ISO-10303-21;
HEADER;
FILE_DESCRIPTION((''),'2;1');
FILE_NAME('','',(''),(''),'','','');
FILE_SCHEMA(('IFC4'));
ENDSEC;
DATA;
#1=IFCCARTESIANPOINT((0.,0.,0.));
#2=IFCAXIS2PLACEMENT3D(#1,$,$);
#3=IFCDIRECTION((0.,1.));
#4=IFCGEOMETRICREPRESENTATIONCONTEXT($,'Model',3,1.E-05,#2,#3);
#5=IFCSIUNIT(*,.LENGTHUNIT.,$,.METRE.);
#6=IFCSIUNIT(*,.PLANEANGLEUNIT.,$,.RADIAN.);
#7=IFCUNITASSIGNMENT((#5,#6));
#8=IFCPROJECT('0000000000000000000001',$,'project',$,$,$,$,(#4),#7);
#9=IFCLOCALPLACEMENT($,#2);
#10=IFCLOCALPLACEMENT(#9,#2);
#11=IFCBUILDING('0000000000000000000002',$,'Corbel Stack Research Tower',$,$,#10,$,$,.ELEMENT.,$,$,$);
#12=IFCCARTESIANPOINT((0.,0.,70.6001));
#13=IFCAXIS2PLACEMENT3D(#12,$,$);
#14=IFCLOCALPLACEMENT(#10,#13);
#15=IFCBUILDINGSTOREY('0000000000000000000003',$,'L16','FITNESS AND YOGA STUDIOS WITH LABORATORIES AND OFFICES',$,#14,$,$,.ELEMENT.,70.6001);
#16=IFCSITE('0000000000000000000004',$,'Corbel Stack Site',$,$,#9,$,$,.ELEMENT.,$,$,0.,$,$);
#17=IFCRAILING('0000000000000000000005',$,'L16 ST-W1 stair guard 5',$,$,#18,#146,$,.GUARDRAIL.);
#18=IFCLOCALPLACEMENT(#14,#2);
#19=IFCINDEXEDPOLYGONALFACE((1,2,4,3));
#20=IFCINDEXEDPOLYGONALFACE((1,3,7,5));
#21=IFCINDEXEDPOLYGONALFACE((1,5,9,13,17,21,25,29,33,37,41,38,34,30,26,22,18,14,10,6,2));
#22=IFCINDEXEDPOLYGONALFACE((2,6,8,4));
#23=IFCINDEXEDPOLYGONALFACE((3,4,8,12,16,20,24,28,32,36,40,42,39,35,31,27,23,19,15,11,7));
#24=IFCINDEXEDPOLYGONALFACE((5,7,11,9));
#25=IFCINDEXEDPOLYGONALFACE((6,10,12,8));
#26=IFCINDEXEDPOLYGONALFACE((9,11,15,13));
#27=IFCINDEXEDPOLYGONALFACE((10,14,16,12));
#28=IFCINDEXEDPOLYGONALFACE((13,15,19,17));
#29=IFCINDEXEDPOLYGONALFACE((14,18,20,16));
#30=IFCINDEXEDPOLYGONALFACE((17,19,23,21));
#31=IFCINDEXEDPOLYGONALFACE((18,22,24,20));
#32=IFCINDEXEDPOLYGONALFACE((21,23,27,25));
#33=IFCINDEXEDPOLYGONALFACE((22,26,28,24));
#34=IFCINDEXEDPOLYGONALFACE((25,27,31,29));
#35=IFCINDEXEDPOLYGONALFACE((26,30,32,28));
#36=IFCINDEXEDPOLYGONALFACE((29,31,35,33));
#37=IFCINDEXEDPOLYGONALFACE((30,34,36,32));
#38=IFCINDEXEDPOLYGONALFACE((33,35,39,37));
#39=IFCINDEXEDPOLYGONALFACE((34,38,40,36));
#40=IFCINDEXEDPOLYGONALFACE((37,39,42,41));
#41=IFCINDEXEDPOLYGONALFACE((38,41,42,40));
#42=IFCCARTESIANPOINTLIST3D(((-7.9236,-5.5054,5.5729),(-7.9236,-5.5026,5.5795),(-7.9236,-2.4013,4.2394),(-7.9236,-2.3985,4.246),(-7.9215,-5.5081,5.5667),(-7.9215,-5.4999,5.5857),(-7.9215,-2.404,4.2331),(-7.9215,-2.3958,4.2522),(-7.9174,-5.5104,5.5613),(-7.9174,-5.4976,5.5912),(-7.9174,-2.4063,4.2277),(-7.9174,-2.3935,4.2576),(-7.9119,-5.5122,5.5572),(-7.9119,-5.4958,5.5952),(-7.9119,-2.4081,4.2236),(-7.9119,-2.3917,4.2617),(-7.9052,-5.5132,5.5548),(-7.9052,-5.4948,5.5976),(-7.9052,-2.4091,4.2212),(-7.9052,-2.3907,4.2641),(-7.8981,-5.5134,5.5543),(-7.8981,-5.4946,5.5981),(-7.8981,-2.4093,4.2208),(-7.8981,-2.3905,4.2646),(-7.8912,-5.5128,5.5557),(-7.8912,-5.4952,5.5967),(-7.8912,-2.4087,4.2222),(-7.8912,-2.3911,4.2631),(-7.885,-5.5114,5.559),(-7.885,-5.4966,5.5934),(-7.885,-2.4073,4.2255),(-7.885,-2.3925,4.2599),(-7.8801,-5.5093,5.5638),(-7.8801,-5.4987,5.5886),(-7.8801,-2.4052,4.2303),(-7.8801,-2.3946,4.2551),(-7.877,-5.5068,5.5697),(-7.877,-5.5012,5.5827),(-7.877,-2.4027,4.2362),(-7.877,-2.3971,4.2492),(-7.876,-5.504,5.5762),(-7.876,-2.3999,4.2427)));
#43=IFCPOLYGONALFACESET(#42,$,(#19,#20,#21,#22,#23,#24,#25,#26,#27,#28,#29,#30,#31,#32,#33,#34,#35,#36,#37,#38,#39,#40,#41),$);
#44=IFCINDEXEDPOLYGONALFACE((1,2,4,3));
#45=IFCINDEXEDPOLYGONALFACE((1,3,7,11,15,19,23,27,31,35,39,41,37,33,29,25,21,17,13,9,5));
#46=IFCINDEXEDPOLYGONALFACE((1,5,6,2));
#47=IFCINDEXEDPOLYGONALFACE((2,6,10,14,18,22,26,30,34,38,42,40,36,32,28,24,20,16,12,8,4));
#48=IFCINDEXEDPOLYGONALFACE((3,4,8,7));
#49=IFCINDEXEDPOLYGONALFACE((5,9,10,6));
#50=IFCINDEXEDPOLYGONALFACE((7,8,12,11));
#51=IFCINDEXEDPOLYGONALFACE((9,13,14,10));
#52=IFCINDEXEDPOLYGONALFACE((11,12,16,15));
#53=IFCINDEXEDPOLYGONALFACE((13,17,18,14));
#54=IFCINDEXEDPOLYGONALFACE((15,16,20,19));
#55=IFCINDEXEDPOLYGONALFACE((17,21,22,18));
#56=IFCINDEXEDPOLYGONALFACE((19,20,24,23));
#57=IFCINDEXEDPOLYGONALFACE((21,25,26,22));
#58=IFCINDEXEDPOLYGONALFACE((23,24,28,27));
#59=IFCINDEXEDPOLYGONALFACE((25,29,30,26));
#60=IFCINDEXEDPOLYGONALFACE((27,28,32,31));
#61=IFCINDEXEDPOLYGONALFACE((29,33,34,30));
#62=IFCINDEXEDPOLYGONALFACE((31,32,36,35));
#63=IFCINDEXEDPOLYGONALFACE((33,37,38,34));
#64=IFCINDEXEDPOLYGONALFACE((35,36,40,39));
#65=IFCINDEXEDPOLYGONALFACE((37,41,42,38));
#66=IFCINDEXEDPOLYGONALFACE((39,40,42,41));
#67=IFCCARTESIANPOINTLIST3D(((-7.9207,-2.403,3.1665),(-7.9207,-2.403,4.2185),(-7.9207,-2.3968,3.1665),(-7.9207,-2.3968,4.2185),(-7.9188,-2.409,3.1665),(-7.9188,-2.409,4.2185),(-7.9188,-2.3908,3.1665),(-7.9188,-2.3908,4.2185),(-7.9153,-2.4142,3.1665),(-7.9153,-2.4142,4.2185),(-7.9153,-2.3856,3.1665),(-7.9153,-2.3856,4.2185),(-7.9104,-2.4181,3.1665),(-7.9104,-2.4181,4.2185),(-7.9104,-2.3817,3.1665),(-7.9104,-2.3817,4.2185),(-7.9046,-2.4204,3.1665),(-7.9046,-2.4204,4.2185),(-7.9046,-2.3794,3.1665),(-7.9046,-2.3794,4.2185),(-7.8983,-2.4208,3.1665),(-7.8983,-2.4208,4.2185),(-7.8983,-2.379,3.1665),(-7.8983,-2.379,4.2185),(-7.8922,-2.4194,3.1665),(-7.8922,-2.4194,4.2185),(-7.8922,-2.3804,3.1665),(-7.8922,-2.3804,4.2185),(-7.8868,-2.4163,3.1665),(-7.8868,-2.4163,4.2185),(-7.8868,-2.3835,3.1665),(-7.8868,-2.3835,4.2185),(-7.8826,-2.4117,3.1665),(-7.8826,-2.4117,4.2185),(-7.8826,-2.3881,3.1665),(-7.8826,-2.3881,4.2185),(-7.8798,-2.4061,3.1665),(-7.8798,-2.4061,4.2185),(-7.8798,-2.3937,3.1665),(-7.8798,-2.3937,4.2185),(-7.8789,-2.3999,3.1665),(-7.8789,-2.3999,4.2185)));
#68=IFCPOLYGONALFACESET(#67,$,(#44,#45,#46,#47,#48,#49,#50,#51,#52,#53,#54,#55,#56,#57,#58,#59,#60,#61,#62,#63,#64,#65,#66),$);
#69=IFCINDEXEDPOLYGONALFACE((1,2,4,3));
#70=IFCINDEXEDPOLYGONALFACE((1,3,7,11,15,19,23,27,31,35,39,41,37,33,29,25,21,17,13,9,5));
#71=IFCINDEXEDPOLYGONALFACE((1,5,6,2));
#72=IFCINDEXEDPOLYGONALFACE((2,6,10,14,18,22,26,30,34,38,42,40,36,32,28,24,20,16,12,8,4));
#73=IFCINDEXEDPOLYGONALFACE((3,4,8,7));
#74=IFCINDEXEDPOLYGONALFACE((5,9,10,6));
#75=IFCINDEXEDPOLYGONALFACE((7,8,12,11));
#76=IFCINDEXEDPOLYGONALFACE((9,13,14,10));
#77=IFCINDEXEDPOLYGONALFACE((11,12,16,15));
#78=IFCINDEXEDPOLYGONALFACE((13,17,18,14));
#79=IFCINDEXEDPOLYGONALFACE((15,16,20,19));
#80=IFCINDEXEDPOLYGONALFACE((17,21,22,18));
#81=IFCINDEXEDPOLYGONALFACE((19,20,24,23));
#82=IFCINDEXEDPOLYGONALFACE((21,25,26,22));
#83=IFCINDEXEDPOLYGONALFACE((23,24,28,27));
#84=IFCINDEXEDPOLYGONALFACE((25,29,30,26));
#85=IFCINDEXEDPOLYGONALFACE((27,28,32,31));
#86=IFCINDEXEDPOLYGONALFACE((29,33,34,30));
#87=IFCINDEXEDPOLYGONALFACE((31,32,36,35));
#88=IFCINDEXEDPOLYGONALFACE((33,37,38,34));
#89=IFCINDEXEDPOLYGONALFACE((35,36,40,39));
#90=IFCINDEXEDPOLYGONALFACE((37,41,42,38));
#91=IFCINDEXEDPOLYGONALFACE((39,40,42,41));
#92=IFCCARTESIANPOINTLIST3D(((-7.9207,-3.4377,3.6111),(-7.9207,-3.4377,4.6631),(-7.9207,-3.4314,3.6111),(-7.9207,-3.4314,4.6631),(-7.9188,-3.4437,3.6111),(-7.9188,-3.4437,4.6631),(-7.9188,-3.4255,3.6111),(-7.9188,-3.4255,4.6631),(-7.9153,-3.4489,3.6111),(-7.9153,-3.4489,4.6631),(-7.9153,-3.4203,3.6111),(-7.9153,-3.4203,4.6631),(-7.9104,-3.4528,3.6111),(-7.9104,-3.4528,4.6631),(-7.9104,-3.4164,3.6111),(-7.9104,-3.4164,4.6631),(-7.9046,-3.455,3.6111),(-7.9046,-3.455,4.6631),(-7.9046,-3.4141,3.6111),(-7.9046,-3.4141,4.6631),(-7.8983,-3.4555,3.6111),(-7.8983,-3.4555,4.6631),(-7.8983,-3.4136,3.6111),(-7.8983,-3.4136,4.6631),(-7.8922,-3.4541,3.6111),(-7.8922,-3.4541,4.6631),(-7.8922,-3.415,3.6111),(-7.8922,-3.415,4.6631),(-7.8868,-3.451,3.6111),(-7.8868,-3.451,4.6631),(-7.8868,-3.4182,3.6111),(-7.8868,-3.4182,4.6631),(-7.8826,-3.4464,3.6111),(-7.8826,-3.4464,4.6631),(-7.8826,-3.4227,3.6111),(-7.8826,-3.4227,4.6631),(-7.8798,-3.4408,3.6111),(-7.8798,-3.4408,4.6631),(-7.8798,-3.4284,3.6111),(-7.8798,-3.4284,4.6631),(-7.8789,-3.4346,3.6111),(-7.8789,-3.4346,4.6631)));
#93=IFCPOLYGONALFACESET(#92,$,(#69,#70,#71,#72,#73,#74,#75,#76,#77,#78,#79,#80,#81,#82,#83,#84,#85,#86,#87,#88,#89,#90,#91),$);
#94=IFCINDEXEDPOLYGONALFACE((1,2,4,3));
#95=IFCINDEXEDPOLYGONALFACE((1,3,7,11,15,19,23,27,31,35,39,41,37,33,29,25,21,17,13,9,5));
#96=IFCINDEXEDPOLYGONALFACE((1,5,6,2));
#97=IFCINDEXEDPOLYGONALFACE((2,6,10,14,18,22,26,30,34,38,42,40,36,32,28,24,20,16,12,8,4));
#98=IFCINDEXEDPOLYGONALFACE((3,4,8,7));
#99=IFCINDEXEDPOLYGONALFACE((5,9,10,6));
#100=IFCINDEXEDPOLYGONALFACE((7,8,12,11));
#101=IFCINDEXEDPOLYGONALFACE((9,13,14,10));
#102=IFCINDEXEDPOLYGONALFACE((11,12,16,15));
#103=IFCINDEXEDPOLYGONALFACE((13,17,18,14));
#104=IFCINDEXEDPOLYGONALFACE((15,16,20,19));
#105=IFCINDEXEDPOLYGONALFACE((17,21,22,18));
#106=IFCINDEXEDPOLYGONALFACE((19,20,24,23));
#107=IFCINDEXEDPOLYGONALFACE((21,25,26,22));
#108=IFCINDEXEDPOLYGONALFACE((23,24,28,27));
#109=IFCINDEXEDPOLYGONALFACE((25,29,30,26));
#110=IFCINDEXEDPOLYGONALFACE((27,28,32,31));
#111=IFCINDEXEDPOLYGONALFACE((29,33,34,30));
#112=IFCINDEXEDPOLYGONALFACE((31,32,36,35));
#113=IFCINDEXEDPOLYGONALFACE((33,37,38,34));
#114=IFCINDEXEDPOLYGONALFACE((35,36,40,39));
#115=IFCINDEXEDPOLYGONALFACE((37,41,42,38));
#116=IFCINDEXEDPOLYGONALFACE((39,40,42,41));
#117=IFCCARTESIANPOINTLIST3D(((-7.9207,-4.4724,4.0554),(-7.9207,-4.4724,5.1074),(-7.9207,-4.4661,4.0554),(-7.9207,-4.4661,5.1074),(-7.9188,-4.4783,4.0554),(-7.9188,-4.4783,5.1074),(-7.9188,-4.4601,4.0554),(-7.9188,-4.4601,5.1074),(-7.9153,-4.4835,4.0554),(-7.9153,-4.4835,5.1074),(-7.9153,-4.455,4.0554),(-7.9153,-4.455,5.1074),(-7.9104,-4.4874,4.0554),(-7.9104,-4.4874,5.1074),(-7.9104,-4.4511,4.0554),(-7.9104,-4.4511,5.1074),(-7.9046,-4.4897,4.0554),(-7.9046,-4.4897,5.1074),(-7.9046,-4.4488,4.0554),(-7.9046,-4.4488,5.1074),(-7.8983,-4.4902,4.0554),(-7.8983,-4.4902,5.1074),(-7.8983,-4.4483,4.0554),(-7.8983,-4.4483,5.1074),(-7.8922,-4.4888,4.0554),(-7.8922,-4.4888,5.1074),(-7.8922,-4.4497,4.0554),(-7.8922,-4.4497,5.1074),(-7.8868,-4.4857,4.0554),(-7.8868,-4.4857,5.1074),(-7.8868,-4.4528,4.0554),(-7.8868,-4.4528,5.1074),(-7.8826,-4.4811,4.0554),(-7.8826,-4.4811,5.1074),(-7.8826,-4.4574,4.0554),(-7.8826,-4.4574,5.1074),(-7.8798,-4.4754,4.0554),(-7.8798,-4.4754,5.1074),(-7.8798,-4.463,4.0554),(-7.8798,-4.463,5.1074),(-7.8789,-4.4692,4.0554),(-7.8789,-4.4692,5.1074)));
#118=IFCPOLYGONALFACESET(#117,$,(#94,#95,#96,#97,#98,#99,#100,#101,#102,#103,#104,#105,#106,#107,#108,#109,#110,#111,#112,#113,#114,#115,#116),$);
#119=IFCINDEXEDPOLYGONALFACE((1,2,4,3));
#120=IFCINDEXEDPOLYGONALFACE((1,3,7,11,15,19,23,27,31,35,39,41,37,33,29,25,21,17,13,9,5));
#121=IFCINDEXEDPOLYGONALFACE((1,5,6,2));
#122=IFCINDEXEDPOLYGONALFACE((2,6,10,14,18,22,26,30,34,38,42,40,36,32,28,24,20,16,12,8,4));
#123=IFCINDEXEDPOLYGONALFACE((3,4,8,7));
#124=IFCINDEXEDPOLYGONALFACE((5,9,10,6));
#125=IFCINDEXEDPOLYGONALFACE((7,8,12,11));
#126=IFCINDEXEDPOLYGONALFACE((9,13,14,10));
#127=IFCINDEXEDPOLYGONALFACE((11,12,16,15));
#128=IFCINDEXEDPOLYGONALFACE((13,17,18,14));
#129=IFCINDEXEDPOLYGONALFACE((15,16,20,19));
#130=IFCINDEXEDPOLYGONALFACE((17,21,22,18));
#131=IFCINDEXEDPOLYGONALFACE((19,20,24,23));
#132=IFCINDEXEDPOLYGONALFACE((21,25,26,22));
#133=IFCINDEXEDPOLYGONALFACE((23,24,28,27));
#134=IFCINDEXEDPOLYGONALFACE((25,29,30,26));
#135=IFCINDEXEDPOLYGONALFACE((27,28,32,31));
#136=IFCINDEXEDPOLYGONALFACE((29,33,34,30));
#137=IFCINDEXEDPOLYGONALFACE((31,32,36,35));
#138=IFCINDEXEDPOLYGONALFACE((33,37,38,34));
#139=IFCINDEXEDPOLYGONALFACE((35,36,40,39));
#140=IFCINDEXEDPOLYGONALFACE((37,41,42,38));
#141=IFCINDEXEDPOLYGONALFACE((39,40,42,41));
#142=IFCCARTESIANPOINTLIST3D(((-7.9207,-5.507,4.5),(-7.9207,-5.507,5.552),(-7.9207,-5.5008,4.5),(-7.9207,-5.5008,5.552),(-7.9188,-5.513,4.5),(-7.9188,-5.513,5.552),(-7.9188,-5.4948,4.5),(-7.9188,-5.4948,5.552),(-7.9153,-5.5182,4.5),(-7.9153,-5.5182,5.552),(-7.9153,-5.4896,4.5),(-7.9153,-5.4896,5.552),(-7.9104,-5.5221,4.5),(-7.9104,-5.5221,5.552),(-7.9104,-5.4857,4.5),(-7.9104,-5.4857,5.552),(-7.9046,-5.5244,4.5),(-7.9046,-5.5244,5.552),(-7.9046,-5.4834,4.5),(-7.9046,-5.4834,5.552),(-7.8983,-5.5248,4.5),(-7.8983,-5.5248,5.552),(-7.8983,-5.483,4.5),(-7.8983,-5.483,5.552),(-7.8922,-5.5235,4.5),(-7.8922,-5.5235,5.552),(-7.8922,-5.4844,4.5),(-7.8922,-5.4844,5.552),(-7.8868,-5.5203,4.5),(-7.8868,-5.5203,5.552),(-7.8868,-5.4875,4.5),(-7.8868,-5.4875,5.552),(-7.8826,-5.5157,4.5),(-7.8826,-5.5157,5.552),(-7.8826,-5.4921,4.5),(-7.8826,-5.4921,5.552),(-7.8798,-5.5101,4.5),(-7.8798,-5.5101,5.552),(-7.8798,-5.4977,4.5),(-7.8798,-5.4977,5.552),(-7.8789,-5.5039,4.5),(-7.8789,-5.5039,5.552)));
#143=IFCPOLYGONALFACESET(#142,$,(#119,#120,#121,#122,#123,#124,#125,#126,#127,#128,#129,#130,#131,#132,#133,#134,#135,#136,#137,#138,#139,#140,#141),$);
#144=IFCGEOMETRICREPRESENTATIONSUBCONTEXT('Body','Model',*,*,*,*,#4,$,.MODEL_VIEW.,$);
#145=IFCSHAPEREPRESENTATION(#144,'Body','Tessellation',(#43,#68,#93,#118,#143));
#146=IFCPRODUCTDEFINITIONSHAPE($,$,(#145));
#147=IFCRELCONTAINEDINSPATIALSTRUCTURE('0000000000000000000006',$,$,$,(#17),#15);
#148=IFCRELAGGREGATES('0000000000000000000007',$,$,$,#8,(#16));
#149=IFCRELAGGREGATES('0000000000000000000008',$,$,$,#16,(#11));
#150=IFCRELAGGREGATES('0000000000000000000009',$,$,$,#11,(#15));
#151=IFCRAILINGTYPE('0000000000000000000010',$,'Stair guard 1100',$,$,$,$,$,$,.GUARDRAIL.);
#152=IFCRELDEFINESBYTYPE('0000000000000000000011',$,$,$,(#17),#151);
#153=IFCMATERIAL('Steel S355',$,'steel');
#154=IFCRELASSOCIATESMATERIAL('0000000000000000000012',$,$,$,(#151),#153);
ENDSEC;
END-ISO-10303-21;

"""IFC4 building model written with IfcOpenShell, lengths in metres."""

from ifc_helpers import new_model, si_unit, direction, frame, origin, origin_2d, place, context, subcontext, project, spatial, circle, extrude, material, type_object, element, save


model = new_model("IFC4")

# Units and contexts
model_context = context("Model", 3, precision=1e-05, world=origin(), true_north=direction((0.0, 1.0)))
body_context = subcontext(model_context, "Body", "Model", "MODEL_VIEW")
ifc_project = project(units=[si_unit("LENGTHUNIT", "METRE"), si_unit("PLANEANGLEUNIT", "RADIAN")], contexts=[model_context])

# Site, building, storey
site_placement = place(None, origin())
site = spatial("IfcSite", under=ifc_project, at=site_placement, Name="Corbel Stack Site", CompositionType="ELEMENT", RefElevation=0.0)
building_placement = place(site_placement, origin())
building = spatial("IfcBuilding", under=site, at=building_placement, Name="Corbel Stack Research Tower", CompositionType="ELEMENT")
storey_placement = place(building_placement, frame((0.0, 0.0, 70.6001)))
storey = spatial("IfcBuildingStorey", under=building, at=storey_placement, Name="L16", Description="FITNESS AND YOGA STUDIOS WITH LABORATORIES AND OFFICES", CompositionType="ELEMENT", Elevation=70.6001)

# Railing
ifc_material_1 = material(Name="Steel S355", Category="steel")
railing_type_1 = type_object("IfcRailingType", Name="Stair guard 1100", PredefinedType="GUARDRAIL", material=ifc_material_1)
railing_1_placement = place(storey_placement, frame((-7.8999, -2.3999, 3.1665)))
element("IfcRailing", 1, at=railing_1_placement, inside=storey, type_object=railing_type_1, Name="L16 ST-W1 stair guard 5", PredefinedType="GUARDRAIL", context=body_context, shape_type="SweptSolid", body=[
    extrude(circle(Radius=0.0239, at=origin_2d()), frame((0.0, 0.0, 1.0762), z_axis=(0.0, -0.918801, 0.394722), x_axis=(1.0, 0.0, 0.0)), (0.0, 0.0, 1.0), 3.3784),
    extrude(circle(Radius=0.021, at=origin_2d()), origin(), (0.0, 0.0, 1.0), 1.052),
    extrude(circle(Radius=0.021, at=origin_2d()), frame((0.0, -1.0347, 0.4446)), (0.0, 0.0, 1.0), 1.052),
    extrude(circle(Radius=0.021, at=origin_2d()), frame((0.0, -2.0693, 0.8889)), (0.0, 0.0, 1.0), 1.052),
    extrude(circle(Radius=0.021, at=origin_2d()), frame((0.0, -3.104, 1.3335)), (0.0, 0.0, 1.0), 1.052),
])

save(model, "model.ifc")
